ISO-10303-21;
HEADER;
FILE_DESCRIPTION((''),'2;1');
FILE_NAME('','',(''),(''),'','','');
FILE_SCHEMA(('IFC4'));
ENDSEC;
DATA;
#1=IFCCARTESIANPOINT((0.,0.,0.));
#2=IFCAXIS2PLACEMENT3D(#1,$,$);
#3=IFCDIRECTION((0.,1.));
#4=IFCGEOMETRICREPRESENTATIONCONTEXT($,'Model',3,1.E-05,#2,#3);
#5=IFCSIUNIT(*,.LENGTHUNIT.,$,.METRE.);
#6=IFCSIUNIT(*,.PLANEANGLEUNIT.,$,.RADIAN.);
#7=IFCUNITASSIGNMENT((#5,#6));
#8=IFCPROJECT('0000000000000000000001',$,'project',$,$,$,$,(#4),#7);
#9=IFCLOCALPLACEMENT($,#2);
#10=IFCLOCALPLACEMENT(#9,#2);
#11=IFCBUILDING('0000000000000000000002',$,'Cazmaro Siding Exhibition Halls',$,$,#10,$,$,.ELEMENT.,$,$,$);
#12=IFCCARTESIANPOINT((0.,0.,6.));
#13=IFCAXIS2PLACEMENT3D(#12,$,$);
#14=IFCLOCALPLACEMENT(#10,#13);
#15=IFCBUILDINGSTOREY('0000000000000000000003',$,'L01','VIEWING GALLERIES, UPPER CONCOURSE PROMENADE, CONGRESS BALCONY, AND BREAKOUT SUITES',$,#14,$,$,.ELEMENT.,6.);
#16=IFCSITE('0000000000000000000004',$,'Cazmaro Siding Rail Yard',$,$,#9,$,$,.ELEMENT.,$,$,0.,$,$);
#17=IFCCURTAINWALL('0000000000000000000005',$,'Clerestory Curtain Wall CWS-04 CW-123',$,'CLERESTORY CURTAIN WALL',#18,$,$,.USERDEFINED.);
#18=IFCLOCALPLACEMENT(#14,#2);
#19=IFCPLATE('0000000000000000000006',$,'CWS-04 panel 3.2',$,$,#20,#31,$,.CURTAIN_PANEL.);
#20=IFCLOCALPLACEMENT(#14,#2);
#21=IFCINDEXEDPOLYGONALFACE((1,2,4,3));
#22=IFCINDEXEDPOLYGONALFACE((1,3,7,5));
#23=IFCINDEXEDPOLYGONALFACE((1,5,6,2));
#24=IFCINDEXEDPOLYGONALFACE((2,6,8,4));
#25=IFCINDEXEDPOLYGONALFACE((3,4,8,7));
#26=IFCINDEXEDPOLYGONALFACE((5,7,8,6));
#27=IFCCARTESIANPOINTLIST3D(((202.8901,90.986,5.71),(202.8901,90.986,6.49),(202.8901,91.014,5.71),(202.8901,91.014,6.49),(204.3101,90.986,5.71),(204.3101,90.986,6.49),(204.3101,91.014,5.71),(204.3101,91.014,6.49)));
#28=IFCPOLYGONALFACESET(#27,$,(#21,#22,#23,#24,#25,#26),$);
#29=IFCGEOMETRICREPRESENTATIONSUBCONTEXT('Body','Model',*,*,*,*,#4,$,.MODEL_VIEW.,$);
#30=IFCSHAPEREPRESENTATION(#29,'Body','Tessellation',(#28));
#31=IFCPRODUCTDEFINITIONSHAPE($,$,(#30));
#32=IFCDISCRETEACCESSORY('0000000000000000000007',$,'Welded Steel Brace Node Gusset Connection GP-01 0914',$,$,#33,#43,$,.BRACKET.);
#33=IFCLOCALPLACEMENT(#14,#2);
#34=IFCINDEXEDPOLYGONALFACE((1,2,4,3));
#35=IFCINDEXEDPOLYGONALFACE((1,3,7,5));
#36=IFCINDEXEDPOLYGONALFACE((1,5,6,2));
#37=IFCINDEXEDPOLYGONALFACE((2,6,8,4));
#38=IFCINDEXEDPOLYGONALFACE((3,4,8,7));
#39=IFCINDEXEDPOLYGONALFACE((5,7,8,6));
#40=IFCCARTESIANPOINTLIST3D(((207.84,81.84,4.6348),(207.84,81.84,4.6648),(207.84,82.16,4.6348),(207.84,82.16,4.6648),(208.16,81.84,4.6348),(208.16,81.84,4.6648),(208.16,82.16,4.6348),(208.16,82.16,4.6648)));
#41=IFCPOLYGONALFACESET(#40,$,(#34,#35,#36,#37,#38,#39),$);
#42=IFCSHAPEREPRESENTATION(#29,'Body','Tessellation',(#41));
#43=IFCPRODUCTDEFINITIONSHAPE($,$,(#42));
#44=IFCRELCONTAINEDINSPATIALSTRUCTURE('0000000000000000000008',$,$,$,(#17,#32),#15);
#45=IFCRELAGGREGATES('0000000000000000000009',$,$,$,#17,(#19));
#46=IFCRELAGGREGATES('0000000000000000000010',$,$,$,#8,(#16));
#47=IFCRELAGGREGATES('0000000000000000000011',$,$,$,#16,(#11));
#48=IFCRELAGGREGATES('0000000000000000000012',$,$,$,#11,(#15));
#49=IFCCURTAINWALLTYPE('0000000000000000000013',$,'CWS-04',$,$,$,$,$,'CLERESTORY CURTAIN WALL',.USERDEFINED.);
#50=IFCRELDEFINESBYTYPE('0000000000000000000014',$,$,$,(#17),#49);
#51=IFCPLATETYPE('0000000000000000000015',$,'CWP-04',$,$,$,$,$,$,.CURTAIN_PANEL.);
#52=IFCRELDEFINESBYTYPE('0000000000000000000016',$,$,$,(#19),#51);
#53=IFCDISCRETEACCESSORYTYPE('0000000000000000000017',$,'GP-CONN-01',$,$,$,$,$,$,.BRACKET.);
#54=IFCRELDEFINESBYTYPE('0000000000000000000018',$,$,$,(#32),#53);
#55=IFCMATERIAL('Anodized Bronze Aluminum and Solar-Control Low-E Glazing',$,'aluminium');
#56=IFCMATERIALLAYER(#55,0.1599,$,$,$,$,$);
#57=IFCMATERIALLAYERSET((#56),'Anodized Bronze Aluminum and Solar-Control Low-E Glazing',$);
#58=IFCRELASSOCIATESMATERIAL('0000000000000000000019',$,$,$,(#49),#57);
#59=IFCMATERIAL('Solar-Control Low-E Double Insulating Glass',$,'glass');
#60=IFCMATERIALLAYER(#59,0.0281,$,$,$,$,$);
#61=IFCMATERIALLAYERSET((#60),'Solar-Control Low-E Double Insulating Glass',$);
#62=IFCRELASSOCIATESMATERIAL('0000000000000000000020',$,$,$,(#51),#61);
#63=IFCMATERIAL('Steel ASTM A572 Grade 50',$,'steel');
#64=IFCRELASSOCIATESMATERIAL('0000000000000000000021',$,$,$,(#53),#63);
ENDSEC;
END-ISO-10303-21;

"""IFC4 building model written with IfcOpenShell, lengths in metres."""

from ifc_helpers import new_model, si_unit, direction, frame, origin, origin_2d, place, context, subcontext, project, spatial, rectangle, extrude, material, layer, layer_set, type_object, element, aggregate, save


model = new_model("IFC4")

# Units and contexts
model_context = context("Model", 3, precision=1e-05, world=origin(), true_north=direction((0.0, 1.0)))
body_context = subcontext(model_context, "Body", "Model", "MODEL_VIEW")
ifc_project = project(units=[si_unit("LENGTHUNIT", "METRE"), si_unit("PLANEANGLEUNIT", "RADIAN")], contexts=[model_context])

# Site, building, storey
site_placement = place(None, origin())
site = spatial("IfcSite", under=ifc_project, at=site_placement, Name="Cazmaro Siding Rail Yard", CompositionType="ELEMENT", RefElevation=0.0)
building_placement = place(site_placement, origin())
building = spatial("IfcBuilding", under=site, at=building_placement, Name="Cazmaro Siding Exhibition Halls", CompositionType="ELEMENT")
storey_placement = place(building_placement, frame((0.0, 0.0, 6.0)))
storey = spatial("IfcBuildingStorey", under=building, at=storey_placement, Name="L01", Description="VIEWING GALLERIES, UPPER CONCOURSE PROMENADE, CONGRESS BALCONY, AND BREAKOUT SUITES", CompositionType="ELEMENT", Elevation=6.0)

# Curtain wall
ifc_material_1 = material(Name="Anodized Bronze Aluminum and Solar-Control Low-E Glazing", Category="aluminium")
ifc_layer_1 = layer(ifc_material_1, 0.1599)
ifc_layer_set_1 = layer_set([ifc_layer_1], Name="Anodized Bronze Aluminum and Solar-Control Low-E Glazing")
curtain_wall_type = type_object("IfcCurtainWallType", Name="CWS-04", ElementType="CLERESTORY CURTAIN WALL", PredefinedType="USERDEFINED", material=ifc_layer_set_1)
curtain_wall_1_placement = place(storey_placement, origin())
curtain_wall_1 = element("IfcCurtainWall", 1, at=curtain_wall_1_placement, inside=storey, type_object=curtain_wall_type, Name="Clerestory Curtain Wall CWS-04 CW-123", ObjectType="CLERESTORY CURTAIN WALL", PredefinedType="USERDEFINED")

# Plate
ifc_material_2 = material(Name="Solar-Control Low-E Double Insulating Glass", Category="glass")
ifc_layer_2 = layer(ifc_material_2, 0.0281)
ifc_layer_set_2 = layer_set([ifc_layer_2], Name="Solar-Control Low-E Double Insulating Glass")
plate_type = type_object("IfcPlateType", Name="CWP-04", PredefinedType="CURTAIN_PANEL", material=ifc_layer_set_2)
plate_1_placement = place(storey_placement, frame((203.6001, 91.0, 5.71), z_axis=(0.0, 0.0, 1.0), x_axis=(-1.0, 0.0, 0.0)))
plate_1 = element("IfcPlate", 2, at=plate_1_placement, type_object=plate_type, Name="CWS-04 panel 3.2", PredefinedType="CURTAIN_PANEL", context=body_context, shape_type="SweptSolid", body=[
    extrude(rectangle(XDim=1.4199, YDim=0.0281, at=origin_2d()), origin(), (0.0, 0.0, 1.0), 0.78),
])
aggregate(curtain_wall_1, [plate_1])

# Discrete accessory
ifc_material_3 = material(Name="Steel ASTM A572 Grade 50", Category="steel")
discrete_accessory_type = type_object("IfcDiscreteAccessoryType", Name="GP-CONN-01", PredefinedType="BRACKET", material=ifc_material_3)
discrete_accessory_placement = place(storey_placement, frame((208.0, 82.0, 4.6348), z_axis=(0.0, 0.0, 1.0), x_axis=(1.0, 0.0, 0.0)))
element("IfcDiscreteAccessory", 3, at=discrete_accessory_placement, inside=storey, type_object=discrete_accessory_type, Name="Welded Steel Brace Node Gusset Connection GP-01 0914", PredefinedType="BRACKET", context=body_context, shape_type="SweptSolid", body=[
    extrude(rectangle(XDim=0.3201, YDim=0.3201, at=origin_2d()), origin(), (0.0, 0.0, 1.0), 0.03),
])

save(model, "model.ifc")
